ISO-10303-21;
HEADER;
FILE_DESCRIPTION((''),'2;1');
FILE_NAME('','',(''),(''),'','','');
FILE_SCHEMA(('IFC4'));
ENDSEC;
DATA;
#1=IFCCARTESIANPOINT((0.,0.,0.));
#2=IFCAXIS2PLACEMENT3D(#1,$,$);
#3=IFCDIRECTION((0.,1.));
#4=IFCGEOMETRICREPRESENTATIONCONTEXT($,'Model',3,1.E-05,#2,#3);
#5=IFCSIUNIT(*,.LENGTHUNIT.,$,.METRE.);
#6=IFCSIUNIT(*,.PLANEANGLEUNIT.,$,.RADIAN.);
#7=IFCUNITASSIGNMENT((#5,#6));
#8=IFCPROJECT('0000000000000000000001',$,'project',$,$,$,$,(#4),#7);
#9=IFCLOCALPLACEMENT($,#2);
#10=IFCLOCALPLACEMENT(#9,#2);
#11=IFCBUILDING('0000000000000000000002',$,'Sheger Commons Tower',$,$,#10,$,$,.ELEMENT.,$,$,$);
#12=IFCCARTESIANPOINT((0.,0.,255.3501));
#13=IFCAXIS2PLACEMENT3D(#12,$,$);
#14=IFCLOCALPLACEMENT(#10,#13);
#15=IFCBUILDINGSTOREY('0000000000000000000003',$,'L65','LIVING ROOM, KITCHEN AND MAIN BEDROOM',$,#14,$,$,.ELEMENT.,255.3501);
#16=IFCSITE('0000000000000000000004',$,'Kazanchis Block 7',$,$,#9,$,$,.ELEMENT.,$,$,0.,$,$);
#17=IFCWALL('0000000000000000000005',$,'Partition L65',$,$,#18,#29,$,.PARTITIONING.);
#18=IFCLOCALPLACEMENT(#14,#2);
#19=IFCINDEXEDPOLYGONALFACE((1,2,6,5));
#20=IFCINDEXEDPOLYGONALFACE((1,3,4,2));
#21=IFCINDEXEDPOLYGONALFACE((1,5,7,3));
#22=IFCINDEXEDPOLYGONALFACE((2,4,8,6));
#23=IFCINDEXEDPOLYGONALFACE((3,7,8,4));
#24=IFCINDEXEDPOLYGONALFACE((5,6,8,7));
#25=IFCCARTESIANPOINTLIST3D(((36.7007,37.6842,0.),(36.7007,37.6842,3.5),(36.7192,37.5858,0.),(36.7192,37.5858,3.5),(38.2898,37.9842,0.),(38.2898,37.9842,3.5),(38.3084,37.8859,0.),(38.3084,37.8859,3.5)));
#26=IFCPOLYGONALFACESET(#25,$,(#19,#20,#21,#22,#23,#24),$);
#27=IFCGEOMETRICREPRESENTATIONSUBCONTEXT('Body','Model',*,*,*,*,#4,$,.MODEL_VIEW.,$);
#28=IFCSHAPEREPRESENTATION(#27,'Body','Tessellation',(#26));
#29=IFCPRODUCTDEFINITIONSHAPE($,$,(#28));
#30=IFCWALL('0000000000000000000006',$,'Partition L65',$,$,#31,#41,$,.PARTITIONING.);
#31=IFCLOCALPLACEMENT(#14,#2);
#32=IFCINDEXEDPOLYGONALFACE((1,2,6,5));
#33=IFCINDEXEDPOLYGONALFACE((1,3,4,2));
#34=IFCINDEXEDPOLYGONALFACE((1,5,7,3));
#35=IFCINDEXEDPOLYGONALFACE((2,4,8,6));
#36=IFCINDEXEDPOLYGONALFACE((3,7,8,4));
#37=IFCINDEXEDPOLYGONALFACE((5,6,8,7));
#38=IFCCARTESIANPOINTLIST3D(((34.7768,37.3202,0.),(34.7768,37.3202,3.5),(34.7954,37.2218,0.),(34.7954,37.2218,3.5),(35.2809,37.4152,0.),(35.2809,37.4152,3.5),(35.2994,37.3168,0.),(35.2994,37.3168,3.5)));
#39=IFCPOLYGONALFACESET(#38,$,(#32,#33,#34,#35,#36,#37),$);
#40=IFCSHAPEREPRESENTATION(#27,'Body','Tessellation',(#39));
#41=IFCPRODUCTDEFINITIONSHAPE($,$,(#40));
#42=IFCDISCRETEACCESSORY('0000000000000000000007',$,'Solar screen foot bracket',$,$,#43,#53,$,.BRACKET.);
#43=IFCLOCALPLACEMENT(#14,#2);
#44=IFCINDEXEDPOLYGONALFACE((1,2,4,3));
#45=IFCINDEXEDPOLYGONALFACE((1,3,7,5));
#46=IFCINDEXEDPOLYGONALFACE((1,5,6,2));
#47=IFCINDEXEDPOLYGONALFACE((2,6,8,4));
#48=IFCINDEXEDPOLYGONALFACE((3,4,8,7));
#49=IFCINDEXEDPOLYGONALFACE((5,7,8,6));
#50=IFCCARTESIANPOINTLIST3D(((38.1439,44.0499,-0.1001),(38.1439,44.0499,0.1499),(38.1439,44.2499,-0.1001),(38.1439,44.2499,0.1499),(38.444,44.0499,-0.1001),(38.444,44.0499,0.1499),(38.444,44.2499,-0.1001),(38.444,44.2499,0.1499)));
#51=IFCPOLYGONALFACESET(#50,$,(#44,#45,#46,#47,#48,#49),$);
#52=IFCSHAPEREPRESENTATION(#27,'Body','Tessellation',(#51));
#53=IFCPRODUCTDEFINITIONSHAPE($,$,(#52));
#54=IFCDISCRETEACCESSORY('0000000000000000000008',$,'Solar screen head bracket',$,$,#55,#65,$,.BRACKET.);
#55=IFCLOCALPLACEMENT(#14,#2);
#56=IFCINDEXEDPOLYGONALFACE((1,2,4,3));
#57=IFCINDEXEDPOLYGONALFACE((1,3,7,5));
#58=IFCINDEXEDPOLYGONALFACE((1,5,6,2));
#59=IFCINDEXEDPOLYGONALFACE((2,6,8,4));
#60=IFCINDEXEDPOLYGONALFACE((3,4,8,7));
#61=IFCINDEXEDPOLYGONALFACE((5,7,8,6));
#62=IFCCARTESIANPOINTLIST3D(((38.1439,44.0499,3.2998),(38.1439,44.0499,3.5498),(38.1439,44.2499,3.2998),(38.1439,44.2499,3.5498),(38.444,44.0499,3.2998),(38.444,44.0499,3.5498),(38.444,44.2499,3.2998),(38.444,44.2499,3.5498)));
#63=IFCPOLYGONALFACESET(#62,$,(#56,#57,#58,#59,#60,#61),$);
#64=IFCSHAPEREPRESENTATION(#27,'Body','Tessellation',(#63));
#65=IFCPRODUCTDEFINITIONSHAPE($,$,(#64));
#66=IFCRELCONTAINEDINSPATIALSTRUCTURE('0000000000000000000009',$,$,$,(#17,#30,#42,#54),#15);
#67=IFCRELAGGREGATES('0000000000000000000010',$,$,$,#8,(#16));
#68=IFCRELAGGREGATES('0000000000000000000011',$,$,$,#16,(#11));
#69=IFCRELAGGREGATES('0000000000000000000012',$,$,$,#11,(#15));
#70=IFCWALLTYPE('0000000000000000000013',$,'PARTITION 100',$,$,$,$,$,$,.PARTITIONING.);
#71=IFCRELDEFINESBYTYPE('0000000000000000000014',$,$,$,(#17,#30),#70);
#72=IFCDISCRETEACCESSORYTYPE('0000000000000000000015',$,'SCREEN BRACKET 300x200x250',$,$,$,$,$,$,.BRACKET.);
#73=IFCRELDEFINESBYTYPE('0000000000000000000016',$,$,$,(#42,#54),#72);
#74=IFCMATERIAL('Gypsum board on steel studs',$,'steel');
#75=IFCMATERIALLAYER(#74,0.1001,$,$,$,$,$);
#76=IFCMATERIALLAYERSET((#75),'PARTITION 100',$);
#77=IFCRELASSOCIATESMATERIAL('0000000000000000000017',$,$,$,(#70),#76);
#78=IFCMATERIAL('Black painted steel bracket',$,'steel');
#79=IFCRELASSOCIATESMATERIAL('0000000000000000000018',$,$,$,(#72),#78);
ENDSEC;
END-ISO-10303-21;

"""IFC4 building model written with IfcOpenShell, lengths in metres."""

from ifc_helpers import new_model, si_unit, direction, frame, frame_2d, origin, origin_2d, place, context, subcontext, project, spatial, rectangle, extrude, material, layer, layer_set, type_object, element, save


model = new_model("IFC4")

# Units and contexts
model_context = context("Model", 3, precision=1e-05, world=origin(), true_north=direction((0.0, 1.0)))
body_context = subcontext(model_context, "Body", "Model", "MODEL_VIEW")
ifc_project = project(units=[si_unit("LENGTHUNIT", "METRE"), si_unit("PLANEANGLEUNIT", "RADIAN")], contexts=[model_context])

# Site, building, storey
site_placement = place(None, origin())
site = spatial("IfcSite", under=ifc_project, at=site_placement, Name="Kazanchis Block 7", CompositionType="ELEMENT", RefElevation=0.0)
building_placement = place(site_placement, origin())
building = spatial("IfcBuilding", under=site, at=building_placement, Name="Sheger Commons Tower", CompositionType="ELEMENT")
storey_placement = place(building_placement, frame((0.0, 0.0, 255.3501)))
storey = spatial("IfcBuildingStorey", under=building, at=storey_placement, Name="L65", Description="LIVING ROOM, KITCHEN AND MAIN BEDROOM", CompositionType="ELEMENT", Elevation=255.3501)

# Shared definitions
ifc_material_1 = material(Name="Gypsum board on steel studs", Category="steel")
ifc_layer_1 = layer(ifc_material_1, 0.1001)
ifc_layer_set_1 = layer_set([ifc_layer_1], Name="PARTITION 100")
wall_type_1 = type_object("IfcWallType", Name="PARTITION 100", PredefinedType="PARTITIONING", material=ifc_layer_set_1)

# Walls
wall_1_placement = place(storey_placement, frame((38.2991, 37.9351, 0.0), z_axis=(0.0, 0.0, 1.0), x_axis=(-0.982637, -0.185537, 0.0)))
element("IfcWall", 1, at=wall_1_placement, inside=storey, type_object=wall_type_1, Name="Partition L65", PredefinedType="PARTITIONING", context=body_context, shape_type="SweptSolid", body=[
    extrude(rectangle(XDim=1.6172, YDim=0.1001, at=frame_2d((0.8086, 0.0))), origin(), (0.0, 0.0, 1.0), 3.5),
])
wall_2_placement = place(storey_placement, frame((35.29, 37.366, 0.0), z_axis=(0.0, 0.0, 1.0), x_axis=(-0.982716, -0.185122, 0.0)))
element("IfcWall", 2, at=wall_2_placement, inside=storey, type_object=wall_type_1, Name="Partition L65", PredefinedType="PARTITIONING", context=body_context, shape_type="SweptSolid", body=[
    extrude(rectangle(XDim=0.5129, YDim=0.1001, at=frame_2d((0.2563, 0.0))), origin(), (0.0, 0.0, 1.0), 3.5),
])

# Discrete accessories
ifc_material_2 = material(Name="Black painted steel bracket", Category="steel")
discrete_accessory_type = type_object("IfcDiscreteAccessoryType", Name="SCREEN BRACKET 300x200x250", PredefinedType="BRACKET", material=ifc_material_2)
for number, where, z_axis, x_axis, name in (
    (3, (38.2939, 44.1499, -0.1001), (0.0, 0.0, 1.0), (-1.0, 0.0, 0.0), "Solar screen foot bracket"),
    (4, (38.2939, 44.1499, 3.2998), (0.0, 0.0, 1.0), (-1.0, 0.0, 0.0), "Solar screen head bracket"),
):
    element("IfcDiscreteAccessory", number, at=place(storey_placement, frame(where, z_axis=z_axis, x_axis=x_axis)), inside=storey, type_object=discrete_accessory_type, Name=name, PredefinedType="BRACKET", context=body_context, shape_type="SweptSolid", body=[
        extrude(rectangle(XDim=0.3, YDim=0.2, at=origin_2d()), origin(), (0.0, 0.0, 1.0), 0.25),
    ])

save(model, "model.ifc")
